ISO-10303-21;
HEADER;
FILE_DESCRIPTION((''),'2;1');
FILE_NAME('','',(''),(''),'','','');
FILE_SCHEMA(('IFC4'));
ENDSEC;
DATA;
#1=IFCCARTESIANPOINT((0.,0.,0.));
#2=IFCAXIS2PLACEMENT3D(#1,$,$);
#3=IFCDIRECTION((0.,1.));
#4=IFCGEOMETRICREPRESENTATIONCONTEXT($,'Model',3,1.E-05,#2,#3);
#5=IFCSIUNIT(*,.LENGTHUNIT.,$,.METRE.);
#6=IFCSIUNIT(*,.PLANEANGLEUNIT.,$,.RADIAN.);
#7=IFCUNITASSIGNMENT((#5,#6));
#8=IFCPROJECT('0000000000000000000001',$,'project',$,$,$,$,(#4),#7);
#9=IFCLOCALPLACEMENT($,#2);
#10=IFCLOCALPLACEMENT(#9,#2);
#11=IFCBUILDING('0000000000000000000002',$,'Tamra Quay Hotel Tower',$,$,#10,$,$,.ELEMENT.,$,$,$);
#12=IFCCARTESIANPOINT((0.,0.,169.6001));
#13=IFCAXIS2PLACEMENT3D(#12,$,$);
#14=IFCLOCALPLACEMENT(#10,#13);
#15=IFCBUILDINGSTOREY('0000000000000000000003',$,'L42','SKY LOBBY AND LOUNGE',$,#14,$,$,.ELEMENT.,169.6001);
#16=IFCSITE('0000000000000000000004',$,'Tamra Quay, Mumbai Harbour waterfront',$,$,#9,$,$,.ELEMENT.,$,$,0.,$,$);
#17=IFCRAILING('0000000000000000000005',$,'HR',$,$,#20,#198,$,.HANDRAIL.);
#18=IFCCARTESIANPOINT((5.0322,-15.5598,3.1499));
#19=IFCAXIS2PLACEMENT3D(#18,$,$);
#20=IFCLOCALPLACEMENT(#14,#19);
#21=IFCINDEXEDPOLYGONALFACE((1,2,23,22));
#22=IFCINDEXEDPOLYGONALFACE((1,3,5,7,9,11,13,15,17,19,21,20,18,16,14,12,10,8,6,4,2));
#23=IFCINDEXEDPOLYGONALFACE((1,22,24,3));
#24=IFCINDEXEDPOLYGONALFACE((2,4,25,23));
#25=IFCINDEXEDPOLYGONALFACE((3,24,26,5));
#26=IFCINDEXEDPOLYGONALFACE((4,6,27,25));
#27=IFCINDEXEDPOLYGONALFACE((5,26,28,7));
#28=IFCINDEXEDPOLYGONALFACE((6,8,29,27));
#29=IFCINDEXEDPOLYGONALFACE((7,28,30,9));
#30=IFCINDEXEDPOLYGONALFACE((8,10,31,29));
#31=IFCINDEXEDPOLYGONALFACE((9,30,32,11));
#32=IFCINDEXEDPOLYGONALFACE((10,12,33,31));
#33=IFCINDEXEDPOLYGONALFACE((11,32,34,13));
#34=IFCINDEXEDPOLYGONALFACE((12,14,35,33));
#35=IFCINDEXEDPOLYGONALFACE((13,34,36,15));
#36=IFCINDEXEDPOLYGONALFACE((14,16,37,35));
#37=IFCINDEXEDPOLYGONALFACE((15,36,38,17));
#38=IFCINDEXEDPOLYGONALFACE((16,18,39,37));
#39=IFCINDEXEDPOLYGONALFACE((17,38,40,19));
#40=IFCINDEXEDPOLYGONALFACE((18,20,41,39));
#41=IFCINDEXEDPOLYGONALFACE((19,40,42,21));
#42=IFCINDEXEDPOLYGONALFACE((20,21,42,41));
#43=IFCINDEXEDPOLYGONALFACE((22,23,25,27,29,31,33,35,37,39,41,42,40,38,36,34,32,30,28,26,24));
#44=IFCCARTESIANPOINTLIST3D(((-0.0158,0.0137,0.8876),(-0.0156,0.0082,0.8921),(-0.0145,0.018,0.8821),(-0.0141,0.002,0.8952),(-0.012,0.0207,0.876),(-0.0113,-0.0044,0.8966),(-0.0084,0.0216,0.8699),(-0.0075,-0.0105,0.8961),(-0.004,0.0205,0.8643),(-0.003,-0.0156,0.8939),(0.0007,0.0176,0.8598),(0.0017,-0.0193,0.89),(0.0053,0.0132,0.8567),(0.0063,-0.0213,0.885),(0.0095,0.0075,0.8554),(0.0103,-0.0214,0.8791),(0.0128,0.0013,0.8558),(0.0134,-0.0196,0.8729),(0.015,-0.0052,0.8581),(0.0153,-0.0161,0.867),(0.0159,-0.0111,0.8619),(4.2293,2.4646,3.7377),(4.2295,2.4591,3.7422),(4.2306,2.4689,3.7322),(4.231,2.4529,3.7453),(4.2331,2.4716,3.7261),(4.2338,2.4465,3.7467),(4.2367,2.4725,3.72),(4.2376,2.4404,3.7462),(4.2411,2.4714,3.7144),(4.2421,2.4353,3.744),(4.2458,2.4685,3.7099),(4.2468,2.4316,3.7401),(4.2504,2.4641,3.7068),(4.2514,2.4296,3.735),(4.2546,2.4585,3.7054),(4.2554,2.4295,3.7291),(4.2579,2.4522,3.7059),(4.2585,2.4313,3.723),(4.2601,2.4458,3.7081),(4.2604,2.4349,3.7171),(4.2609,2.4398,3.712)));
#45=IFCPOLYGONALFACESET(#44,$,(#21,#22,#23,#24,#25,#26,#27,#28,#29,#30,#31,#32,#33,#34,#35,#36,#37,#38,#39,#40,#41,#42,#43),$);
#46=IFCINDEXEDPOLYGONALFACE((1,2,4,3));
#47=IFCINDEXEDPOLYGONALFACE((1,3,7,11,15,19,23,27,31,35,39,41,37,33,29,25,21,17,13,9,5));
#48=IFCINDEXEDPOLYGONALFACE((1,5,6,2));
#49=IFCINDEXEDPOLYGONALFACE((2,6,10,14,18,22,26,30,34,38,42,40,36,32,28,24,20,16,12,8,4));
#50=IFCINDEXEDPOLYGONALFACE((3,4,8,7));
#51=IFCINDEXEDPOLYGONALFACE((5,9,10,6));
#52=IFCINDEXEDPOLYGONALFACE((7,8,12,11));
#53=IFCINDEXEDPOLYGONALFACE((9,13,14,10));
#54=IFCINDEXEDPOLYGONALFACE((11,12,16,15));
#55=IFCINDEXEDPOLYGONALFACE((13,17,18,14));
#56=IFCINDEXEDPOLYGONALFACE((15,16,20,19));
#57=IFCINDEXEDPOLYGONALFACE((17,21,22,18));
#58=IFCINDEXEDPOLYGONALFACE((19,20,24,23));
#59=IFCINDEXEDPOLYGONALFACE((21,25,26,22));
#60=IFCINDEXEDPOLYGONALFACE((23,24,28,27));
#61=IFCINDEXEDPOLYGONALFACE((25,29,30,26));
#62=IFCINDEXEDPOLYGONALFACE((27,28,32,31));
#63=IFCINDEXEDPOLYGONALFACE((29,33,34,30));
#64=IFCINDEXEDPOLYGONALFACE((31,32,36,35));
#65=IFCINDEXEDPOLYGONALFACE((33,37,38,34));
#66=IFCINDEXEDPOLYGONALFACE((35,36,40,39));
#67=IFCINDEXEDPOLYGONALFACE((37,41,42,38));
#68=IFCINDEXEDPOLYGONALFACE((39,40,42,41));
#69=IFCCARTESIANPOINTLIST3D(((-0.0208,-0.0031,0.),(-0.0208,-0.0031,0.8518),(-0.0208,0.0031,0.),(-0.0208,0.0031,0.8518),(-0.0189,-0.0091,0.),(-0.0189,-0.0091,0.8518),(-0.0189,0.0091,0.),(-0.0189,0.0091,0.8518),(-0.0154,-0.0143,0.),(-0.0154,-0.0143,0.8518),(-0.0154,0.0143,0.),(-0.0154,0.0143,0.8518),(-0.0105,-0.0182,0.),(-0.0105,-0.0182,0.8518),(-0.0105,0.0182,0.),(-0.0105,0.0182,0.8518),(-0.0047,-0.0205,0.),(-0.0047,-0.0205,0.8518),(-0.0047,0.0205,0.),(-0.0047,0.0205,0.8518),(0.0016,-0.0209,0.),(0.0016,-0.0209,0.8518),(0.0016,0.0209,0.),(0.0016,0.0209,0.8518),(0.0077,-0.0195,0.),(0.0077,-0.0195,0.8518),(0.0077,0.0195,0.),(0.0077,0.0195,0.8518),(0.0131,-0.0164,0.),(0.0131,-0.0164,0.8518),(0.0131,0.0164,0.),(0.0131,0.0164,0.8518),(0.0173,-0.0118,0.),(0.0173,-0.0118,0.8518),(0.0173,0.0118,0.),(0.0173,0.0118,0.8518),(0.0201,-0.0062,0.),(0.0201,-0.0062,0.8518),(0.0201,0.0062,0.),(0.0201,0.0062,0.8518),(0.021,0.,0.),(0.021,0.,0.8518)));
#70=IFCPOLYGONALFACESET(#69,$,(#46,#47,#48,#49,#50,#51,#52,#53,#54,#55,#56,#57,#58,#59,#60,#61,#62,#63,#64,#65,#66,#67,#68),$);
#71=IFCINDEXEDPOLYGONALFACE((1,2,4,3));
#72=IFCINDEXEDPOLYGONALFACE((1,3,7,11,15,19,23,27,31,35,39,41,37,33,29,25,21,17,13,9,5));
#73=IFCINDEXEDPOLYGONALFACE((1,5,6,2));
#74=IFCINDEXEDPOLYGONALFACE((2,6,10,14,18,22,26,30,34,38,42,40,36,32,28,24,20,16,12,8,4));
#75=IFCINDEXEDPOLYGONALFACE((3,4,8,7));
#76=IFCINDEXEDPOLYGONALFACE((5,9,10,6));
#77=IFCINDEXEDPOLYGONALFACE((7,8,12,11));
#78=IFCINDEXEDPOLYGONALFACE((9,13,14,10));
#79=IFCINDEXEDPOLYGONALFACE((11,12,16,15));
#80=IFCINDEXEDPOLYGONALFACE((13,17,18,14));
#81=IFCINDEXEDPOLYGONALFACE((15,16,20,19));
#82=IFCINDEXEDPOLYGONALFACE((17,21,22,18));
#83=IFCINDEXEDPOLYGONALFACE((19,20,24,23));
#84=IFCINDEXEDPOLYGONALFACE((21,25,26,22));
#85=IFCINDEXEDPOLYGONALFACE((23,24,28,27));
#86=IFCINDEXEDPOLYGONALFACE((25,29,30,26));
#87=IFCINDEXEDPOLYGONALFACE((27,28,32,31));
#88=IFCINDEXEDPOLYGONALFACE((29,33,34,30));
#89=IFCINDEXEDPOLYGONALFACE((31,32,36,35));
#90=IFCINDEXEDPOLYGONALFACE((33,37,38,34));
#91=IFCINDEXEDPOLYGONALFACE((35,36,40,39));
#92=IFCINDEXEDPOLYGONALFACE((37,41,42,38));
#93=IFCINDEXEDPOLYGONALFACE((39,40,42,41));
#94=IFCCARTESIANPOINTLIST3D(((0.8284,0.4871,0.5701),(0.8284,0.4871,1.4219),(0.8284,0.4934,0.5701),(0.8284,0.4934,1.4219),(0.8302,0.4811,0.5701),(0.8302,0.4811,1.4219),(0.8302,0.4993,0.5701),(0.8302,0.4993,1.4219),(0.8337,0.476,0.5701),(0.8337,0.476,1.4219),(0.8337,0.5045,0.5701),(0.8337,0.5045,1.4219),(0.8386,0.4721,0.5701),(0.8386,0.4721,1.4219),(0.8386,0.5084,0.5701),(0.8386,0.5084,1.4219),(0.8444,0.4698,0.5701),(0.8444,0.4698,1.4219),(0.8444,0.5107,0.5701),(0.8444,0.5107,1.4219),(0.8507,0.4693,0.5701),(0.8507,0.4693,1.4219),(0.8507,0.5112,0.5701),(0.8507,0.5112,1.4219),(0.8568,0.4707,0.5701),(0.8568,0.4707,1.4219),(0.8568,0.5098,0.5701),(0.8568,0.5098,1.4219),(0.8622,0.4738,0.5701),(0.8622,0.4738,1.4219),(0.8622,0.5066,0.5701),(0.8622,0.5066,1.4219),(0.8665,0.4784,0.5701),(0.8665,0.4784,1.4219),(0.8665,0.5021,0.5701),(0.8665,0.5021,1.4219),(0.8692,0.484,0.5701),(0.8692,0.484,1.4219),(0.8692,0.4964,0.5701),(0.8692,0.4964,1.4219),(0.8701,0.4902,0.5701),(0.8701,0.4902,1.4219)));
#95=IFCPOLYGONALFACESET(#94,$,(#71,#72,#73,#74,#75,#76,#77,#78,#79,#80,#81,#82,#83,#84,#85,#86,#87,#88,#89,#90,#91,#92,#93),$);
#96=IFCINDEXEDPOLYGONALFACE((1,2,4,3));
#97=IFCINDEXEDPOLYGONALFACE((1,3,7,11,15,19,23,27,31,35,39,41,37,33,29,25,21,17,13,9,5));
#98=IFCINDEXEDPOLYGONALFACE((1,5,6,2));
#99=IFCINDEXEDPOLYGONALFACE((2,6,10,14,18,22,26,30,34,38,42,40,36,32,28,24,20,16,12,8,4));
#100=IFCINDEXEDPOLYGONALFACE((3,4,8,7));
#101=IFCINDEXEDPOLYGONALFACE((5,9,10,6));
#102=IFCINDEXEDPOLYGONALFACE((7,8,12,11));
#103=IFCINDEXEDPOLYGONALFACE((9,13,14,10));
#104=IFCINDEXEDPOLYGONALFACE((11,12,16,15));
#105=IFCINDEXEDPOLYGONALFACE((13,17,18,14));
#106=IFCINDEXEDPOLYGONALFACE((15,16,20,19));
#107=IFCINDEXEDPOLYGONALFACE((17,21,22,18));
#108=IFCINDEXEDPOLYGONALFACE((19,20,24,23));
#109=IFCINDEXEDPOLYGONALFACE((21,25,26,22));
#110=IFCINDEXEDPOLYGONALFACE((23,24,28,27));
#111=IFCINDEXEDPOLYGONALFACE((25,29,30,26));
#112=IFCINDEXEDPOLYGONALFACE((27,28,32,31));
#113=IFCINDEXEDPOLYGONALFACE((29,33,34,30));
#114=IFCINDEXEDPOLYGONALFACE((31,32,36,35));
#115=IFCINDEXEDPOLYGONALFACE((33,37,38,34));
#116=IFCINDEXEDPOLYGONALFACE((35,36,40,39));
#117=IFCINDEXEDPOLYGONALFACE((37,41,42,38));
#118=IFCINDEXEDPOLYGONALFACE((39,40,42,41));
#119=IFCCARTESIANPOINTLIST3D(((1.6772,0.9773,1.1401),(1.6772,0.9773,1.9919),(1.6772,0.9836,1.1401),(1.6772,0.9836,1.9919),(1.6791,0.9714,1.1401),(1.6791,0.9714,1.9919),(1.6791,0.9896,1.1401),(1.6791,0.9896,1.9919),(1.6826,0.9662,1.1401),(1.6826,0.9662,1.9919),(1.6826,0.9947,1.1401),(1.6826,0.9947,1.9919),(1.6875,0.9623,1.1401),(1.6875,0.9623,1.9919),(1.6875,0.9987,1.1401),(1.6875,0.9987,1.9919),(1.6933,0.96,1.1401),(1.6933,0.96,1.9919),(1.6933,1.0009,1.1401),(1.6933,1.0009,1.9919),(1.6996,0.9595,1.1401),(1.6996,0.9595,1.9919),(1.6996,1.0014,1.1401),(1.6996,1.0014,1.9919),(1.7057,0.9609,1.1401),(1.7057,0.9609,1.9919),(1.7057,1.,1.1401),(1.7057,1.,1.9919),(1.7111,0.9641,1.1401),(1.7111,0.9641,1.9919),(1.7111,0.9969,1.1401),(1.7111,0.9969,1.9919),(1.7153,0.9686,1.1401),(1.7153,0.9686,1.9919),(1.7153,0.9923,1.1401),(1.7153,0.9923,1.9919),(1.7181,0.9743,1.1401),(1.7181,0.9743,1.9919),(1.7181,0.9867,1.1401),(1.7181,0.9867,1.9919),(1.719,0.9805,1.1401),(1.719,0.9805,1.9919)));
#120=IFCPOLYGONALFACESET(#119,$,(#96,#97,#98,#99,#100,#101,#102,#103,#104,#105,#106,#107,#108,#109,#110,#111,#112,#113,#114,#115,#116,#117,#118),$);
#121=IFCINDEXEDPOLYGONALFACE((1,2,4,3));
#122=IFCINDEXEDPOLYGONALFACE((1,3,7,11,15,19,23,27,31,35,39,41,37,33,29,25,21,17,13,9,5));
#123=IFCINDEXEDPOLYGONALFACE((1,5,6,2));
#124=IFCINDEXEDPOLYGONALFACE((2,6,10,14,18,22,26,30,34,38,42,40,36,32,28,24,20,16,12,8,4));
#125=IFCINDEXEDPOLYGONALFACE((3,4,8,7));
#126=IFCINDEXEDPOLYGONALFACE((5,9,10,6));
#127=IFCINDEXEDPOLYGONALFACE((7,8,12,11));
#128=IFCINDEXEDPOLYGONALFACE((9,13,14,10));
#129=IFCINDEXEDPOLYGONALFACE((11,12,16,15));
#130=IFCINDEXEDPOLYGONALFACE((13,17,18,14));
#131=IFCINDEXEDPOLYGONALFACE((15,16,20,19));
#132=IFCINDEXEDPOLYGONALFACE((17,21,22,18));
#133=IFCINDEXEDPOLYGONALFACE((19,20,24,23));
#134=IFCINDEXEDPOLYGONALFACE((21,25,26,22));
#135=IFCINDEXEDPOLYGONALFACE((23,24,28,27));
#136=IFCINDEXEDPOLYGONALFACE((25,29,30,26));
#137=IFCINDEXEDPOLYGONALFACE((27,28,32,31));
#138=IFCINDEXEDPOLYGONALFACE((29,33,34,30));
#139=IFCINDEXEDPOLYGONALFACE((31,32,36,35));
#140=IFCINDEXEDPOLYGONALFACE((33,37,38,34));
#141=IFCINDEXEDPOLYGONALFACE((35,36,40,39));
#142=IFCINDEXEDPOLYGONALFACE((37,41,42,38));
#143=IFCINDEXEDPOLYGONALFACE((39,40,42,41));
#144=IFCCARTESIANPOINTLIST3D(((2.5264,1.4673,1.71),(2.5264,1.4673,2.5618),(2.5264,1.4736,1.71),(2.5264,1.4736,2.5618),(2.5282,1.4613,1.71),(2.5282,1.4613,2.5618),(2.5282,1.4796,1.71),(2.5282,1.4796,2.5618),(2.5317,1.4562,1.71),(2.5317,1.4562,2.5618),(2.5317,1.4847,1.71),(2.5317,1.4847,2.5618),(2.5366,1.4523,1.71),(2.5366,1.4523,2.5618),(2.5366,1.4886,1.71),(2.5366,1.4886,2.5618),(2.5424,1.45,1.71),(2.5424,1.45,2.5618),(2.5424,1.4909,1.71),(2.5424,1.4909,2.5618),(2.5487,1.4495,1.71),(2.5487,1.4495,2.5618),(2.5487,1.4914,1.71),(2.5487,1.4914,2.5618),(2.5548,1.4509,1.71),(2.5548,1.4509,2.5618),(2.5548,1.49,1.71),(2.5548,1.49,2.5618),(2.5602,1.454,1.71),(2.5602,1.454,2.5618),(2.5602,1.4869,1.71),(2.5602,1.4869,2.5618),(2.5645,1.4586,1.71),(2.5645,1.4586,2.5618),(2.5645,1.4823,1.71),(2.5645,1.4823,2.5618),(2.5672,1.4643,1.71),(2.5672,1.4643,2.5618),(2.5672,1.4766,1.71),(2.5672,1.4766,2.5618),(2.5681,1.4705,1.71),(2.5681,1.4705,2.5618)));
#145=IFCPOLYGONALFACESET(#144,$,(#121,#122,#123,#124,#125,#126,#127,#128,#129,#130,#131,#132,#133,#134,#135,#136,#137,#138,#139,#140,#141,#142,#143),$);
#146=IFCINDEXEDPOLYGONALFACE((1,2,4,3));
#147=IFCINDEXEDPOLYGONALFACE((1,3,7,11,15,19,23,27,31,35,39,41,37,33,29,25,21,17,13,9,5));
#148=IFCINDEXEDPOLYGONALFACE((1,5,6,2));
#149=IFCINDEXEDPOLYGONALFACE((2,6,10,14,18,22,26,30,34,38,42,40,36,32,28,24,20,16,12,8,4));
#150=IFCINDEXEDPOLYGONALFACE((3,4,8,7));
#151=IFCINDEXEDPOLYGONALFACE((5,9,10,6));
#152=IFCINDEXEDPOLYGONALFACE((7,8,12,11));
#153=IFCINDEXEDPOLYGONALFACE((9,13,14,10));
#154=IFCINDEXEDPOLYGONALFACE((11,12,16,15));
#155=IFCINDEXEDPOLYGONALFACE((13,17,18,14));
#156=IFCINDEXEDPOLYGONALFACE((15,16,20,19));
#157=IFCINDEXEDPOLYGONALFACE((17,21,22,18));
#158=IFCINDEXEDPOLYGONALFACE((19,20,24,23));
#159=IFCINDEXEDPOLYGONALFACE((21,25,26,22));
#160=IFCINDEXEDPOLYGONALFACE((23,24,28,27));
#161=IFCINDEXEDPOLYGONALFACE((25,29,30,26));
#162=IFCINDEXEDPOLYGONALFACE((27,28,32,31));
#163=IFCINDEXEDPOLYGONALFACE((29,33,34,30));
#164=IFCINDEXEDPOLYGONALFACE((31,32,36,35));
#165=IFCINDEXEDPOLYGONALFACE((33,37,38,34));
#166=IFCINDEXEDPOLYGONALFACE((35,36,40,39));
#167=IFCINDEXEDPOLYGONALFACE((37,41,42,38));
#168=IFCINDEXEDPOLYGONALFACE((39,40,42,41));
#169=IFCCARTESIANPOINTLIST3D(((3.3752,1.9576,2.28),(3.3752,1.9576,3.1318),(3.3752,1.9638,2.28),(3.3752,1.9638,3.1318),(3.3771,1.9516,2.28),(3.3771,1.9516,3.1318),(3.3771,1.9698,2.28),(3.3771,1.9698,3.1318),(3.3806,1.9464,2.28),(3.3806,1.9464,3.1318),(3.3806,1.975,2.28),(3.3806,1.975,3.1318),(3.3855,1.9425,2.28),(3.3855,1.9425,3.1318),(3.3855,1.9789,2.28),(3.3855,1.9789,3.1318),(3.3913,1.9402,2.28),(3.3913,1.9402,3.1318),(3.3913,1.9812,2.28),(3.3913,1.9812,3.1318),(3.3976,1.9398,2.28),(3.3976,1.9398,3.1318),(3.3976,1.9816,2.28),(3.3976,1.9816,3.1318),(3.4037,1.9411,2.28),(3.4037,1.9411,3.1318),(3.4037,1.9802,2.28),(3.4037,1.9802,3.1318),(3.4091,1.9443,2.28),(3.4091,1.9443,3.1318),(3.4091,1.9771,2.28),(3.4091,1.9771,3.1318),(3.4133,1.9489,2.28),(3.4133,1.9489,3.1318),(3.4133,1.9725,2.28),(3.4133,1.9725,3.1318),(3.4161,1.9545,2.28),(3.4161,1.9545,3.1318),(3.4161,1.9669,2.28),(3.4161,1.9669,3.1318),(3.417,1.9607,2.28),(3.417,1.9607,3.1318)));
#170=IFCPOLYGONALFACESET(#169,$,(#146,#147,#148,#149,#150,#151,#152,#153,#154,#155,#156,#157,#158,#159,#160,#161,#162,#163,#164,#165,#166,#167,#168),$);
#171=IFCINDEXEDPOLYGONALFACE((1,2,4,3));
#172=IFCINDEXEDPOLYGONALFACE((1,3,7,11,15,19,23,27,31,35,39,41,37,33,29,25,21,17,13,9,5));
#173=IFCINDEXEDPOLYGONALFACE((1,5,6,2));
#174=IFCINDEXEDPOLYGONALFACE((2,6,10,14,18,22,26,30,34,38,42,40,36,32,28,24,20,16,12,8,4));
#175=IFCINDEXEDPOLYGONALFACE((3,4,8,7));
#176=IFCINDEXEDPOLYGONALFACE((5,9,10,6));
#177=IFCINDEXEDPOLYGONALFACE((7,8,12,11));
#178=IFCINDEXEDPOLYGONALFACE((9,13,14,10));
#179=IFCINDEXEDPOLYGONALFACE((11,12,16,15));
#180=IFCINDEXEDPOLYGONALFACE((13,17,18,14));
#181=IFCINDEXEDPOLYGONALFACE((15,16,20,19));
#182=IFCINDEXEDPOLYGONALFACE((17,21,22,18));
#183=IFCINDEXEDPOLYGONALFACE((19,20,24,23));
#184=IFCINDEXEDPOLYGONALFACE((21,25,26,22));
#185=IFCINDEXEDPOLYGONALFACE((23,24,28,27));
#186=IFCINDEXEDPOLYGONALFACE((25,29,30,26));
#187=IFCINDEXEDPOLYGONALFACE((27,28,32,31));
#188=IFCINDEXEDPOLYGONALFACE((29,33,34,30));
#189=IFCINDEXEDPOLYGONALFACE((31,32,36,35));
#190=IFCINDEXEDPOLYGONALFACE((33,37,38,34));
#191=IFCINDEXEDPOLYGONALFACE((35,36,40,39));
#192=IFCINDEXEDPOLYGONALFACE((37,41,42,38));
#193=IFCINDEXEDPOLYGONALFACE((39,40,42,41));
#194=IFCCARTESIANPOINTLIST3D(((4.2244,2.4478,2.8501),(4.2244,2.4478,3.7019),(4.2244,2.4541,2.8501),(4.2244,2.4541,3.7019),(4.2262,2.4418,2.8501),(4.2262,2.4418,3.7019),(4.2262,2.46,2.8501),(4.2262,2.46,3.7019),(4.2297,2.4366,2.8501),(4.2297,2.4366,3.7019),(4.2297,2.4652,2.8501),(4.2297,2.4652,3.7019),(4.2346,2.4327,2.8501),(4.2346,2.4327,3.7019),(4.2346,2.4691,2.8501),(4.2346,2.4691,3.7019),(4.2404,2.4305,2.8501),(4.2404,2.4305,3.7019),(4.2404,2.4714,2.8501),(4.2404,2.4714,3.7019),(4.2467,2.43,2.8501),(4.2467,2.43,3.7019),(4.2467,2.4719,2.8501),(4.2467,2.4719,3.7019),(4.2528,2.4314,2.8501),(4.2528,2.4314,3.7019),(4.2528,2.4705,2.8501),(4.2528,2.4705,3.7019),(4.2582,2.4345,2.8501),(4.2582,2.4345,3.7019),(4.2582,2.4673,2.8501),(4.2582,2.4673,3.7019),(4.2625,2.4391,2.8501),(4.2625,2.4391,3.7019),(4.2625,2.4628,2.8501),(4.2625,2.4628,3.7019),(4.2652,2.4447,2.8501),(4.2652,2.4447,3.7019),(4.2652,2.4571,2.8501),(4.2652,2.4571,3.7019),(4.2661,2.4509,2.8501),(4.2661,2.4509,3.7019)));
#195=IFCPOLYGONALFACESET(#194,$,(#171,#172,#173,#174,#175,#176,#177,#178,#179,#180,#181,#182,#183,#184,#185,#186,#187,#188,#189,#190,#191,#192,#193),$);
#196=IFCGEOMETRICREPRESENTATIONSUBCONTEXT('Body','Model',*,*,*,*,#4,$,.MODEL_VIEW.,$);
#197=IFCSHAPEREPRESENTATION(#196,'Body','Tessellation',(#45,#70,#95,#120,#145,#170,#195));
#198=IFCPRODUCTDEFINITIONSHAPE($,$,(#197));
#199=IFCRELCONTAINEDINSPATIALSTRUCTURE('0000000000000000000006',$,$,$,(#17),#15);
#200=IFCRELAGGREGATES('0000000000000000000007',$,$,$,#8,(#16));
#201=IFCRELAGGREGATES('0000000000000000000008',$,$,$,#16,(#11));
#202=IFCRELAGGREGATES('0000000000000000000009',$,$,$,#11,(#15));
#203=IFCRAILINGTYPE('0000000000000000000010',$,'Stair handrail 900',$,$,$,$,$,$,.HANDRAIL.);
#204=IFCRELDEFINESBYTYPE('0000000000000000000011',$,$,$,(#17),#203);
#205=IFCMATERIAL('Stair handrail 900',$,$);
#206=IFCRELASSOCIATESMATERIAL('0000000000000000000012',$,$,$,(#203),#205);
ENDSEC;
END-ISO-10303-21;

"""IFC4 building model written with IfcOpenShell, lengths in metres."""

from ifc_helpers import new_model, si_unit, direction, frame, origin, origin_2d, place, context, subcontext, project, spatial, circle, extrude, material, type_object, element, save


model = new_model("IFC4")

# Units and contexts
model_context = context("Model", 3, precision=1e-05, world=origin(), true_north=direction((0.0, 1.0)))
body_context = subcontext(model_context, "Body", "Model", "MODEL_VIEW")
ifc_project = project(units=[si_unit("LENGTHUNIT", "METRE"), si_unit("PLANEANGLEUNIT", "RADIAN")], contexts=[model_context])

# Site, building, storey
site_placement = place(None, origin())
site = spatial("IfcSite", under=ifc_project, at=site_placement, Name="Tamra Quay, Mumbai Harbour waterfront", CompositionType="ELEMENT", RefElevation=0.0)
building_placement = place(site_placement, origin())
building = spatial("IfcBuilding", under=site, at=building_placement, Name="Tamra Quay Hotel Tower", CompositionType="ELEMENT")
storey_placement = place(building_placement, frame((0.0, 0.0, 169.6001)))
storey = spatial("IfcBuildingStorey", under=building, at=storey_placement, Name="L42", Description="SKY LOBBY AND LOUNGE", CompositionType="ELEMENT", Elevation=169.6001)

# Railing
ifc_material_1 = material(Name="Stair handrail 900")
railing_type_1 = type_object("IfcRailingType", Name="Stair handrail 900", PredefinedType="HANDRAIL", material=ifc_material_1)
railing_1_placement = place(storey_placement, frame((5.0322, -15.5598, 3.1499)))
element("IfcRailing", 1, at=railing_1_placement, inside=storey, type_object=railing_type_1, Name="HR", PredefinedType="HANDRAIL", context=body_context, shape_type="SweptSolid", body=[
    extrude(circle(Radius=0.0239, at=origin_2d()), frame((0.0, 0.0, 0.876), z_axis=(0.748672, 0.432247, 0.502645), x_axis=(-0.500001, 0.866025, 0.0)), (0.0, 0.0, 1.0), 5.6702),
    extrude(circle(Radius=0.021, at=origin_2d()), origin(), (0.0, 0.0, 1.0), 0.8518),
    extrude(circle(Radius=0.021, at=origin_2d()), frame((0.8491, 0.4902, 0.5701)), (0.0, 0.0, 1.0), 0.8518),
    extrude(circle(Radius=0.021, at=origin_2d()), frame((1.698, 0.9805, 1.1401)), (0.0, 0.0, 1.0), 0.8518),
    extrude(circle(Radius=0.021, at=origin_2d()), frame((2.5471, 1.4705, 1.71)), (0.0, 0.0, 1.0), 0.8518),
    extrude(circle(Radius=0.021, at=origin_2d()), frame((3.396, 1.9607, 2.28)), (0.0, 0.0, 1.0), 0.8518),
    extrude(circle(Radius=0.021, at=origin_2d()), frame((4.2451, 2.4509, 2.8501)), (0.0, 0.0, 1.0), 0.8518),
])

save(model, "model.ifc")
